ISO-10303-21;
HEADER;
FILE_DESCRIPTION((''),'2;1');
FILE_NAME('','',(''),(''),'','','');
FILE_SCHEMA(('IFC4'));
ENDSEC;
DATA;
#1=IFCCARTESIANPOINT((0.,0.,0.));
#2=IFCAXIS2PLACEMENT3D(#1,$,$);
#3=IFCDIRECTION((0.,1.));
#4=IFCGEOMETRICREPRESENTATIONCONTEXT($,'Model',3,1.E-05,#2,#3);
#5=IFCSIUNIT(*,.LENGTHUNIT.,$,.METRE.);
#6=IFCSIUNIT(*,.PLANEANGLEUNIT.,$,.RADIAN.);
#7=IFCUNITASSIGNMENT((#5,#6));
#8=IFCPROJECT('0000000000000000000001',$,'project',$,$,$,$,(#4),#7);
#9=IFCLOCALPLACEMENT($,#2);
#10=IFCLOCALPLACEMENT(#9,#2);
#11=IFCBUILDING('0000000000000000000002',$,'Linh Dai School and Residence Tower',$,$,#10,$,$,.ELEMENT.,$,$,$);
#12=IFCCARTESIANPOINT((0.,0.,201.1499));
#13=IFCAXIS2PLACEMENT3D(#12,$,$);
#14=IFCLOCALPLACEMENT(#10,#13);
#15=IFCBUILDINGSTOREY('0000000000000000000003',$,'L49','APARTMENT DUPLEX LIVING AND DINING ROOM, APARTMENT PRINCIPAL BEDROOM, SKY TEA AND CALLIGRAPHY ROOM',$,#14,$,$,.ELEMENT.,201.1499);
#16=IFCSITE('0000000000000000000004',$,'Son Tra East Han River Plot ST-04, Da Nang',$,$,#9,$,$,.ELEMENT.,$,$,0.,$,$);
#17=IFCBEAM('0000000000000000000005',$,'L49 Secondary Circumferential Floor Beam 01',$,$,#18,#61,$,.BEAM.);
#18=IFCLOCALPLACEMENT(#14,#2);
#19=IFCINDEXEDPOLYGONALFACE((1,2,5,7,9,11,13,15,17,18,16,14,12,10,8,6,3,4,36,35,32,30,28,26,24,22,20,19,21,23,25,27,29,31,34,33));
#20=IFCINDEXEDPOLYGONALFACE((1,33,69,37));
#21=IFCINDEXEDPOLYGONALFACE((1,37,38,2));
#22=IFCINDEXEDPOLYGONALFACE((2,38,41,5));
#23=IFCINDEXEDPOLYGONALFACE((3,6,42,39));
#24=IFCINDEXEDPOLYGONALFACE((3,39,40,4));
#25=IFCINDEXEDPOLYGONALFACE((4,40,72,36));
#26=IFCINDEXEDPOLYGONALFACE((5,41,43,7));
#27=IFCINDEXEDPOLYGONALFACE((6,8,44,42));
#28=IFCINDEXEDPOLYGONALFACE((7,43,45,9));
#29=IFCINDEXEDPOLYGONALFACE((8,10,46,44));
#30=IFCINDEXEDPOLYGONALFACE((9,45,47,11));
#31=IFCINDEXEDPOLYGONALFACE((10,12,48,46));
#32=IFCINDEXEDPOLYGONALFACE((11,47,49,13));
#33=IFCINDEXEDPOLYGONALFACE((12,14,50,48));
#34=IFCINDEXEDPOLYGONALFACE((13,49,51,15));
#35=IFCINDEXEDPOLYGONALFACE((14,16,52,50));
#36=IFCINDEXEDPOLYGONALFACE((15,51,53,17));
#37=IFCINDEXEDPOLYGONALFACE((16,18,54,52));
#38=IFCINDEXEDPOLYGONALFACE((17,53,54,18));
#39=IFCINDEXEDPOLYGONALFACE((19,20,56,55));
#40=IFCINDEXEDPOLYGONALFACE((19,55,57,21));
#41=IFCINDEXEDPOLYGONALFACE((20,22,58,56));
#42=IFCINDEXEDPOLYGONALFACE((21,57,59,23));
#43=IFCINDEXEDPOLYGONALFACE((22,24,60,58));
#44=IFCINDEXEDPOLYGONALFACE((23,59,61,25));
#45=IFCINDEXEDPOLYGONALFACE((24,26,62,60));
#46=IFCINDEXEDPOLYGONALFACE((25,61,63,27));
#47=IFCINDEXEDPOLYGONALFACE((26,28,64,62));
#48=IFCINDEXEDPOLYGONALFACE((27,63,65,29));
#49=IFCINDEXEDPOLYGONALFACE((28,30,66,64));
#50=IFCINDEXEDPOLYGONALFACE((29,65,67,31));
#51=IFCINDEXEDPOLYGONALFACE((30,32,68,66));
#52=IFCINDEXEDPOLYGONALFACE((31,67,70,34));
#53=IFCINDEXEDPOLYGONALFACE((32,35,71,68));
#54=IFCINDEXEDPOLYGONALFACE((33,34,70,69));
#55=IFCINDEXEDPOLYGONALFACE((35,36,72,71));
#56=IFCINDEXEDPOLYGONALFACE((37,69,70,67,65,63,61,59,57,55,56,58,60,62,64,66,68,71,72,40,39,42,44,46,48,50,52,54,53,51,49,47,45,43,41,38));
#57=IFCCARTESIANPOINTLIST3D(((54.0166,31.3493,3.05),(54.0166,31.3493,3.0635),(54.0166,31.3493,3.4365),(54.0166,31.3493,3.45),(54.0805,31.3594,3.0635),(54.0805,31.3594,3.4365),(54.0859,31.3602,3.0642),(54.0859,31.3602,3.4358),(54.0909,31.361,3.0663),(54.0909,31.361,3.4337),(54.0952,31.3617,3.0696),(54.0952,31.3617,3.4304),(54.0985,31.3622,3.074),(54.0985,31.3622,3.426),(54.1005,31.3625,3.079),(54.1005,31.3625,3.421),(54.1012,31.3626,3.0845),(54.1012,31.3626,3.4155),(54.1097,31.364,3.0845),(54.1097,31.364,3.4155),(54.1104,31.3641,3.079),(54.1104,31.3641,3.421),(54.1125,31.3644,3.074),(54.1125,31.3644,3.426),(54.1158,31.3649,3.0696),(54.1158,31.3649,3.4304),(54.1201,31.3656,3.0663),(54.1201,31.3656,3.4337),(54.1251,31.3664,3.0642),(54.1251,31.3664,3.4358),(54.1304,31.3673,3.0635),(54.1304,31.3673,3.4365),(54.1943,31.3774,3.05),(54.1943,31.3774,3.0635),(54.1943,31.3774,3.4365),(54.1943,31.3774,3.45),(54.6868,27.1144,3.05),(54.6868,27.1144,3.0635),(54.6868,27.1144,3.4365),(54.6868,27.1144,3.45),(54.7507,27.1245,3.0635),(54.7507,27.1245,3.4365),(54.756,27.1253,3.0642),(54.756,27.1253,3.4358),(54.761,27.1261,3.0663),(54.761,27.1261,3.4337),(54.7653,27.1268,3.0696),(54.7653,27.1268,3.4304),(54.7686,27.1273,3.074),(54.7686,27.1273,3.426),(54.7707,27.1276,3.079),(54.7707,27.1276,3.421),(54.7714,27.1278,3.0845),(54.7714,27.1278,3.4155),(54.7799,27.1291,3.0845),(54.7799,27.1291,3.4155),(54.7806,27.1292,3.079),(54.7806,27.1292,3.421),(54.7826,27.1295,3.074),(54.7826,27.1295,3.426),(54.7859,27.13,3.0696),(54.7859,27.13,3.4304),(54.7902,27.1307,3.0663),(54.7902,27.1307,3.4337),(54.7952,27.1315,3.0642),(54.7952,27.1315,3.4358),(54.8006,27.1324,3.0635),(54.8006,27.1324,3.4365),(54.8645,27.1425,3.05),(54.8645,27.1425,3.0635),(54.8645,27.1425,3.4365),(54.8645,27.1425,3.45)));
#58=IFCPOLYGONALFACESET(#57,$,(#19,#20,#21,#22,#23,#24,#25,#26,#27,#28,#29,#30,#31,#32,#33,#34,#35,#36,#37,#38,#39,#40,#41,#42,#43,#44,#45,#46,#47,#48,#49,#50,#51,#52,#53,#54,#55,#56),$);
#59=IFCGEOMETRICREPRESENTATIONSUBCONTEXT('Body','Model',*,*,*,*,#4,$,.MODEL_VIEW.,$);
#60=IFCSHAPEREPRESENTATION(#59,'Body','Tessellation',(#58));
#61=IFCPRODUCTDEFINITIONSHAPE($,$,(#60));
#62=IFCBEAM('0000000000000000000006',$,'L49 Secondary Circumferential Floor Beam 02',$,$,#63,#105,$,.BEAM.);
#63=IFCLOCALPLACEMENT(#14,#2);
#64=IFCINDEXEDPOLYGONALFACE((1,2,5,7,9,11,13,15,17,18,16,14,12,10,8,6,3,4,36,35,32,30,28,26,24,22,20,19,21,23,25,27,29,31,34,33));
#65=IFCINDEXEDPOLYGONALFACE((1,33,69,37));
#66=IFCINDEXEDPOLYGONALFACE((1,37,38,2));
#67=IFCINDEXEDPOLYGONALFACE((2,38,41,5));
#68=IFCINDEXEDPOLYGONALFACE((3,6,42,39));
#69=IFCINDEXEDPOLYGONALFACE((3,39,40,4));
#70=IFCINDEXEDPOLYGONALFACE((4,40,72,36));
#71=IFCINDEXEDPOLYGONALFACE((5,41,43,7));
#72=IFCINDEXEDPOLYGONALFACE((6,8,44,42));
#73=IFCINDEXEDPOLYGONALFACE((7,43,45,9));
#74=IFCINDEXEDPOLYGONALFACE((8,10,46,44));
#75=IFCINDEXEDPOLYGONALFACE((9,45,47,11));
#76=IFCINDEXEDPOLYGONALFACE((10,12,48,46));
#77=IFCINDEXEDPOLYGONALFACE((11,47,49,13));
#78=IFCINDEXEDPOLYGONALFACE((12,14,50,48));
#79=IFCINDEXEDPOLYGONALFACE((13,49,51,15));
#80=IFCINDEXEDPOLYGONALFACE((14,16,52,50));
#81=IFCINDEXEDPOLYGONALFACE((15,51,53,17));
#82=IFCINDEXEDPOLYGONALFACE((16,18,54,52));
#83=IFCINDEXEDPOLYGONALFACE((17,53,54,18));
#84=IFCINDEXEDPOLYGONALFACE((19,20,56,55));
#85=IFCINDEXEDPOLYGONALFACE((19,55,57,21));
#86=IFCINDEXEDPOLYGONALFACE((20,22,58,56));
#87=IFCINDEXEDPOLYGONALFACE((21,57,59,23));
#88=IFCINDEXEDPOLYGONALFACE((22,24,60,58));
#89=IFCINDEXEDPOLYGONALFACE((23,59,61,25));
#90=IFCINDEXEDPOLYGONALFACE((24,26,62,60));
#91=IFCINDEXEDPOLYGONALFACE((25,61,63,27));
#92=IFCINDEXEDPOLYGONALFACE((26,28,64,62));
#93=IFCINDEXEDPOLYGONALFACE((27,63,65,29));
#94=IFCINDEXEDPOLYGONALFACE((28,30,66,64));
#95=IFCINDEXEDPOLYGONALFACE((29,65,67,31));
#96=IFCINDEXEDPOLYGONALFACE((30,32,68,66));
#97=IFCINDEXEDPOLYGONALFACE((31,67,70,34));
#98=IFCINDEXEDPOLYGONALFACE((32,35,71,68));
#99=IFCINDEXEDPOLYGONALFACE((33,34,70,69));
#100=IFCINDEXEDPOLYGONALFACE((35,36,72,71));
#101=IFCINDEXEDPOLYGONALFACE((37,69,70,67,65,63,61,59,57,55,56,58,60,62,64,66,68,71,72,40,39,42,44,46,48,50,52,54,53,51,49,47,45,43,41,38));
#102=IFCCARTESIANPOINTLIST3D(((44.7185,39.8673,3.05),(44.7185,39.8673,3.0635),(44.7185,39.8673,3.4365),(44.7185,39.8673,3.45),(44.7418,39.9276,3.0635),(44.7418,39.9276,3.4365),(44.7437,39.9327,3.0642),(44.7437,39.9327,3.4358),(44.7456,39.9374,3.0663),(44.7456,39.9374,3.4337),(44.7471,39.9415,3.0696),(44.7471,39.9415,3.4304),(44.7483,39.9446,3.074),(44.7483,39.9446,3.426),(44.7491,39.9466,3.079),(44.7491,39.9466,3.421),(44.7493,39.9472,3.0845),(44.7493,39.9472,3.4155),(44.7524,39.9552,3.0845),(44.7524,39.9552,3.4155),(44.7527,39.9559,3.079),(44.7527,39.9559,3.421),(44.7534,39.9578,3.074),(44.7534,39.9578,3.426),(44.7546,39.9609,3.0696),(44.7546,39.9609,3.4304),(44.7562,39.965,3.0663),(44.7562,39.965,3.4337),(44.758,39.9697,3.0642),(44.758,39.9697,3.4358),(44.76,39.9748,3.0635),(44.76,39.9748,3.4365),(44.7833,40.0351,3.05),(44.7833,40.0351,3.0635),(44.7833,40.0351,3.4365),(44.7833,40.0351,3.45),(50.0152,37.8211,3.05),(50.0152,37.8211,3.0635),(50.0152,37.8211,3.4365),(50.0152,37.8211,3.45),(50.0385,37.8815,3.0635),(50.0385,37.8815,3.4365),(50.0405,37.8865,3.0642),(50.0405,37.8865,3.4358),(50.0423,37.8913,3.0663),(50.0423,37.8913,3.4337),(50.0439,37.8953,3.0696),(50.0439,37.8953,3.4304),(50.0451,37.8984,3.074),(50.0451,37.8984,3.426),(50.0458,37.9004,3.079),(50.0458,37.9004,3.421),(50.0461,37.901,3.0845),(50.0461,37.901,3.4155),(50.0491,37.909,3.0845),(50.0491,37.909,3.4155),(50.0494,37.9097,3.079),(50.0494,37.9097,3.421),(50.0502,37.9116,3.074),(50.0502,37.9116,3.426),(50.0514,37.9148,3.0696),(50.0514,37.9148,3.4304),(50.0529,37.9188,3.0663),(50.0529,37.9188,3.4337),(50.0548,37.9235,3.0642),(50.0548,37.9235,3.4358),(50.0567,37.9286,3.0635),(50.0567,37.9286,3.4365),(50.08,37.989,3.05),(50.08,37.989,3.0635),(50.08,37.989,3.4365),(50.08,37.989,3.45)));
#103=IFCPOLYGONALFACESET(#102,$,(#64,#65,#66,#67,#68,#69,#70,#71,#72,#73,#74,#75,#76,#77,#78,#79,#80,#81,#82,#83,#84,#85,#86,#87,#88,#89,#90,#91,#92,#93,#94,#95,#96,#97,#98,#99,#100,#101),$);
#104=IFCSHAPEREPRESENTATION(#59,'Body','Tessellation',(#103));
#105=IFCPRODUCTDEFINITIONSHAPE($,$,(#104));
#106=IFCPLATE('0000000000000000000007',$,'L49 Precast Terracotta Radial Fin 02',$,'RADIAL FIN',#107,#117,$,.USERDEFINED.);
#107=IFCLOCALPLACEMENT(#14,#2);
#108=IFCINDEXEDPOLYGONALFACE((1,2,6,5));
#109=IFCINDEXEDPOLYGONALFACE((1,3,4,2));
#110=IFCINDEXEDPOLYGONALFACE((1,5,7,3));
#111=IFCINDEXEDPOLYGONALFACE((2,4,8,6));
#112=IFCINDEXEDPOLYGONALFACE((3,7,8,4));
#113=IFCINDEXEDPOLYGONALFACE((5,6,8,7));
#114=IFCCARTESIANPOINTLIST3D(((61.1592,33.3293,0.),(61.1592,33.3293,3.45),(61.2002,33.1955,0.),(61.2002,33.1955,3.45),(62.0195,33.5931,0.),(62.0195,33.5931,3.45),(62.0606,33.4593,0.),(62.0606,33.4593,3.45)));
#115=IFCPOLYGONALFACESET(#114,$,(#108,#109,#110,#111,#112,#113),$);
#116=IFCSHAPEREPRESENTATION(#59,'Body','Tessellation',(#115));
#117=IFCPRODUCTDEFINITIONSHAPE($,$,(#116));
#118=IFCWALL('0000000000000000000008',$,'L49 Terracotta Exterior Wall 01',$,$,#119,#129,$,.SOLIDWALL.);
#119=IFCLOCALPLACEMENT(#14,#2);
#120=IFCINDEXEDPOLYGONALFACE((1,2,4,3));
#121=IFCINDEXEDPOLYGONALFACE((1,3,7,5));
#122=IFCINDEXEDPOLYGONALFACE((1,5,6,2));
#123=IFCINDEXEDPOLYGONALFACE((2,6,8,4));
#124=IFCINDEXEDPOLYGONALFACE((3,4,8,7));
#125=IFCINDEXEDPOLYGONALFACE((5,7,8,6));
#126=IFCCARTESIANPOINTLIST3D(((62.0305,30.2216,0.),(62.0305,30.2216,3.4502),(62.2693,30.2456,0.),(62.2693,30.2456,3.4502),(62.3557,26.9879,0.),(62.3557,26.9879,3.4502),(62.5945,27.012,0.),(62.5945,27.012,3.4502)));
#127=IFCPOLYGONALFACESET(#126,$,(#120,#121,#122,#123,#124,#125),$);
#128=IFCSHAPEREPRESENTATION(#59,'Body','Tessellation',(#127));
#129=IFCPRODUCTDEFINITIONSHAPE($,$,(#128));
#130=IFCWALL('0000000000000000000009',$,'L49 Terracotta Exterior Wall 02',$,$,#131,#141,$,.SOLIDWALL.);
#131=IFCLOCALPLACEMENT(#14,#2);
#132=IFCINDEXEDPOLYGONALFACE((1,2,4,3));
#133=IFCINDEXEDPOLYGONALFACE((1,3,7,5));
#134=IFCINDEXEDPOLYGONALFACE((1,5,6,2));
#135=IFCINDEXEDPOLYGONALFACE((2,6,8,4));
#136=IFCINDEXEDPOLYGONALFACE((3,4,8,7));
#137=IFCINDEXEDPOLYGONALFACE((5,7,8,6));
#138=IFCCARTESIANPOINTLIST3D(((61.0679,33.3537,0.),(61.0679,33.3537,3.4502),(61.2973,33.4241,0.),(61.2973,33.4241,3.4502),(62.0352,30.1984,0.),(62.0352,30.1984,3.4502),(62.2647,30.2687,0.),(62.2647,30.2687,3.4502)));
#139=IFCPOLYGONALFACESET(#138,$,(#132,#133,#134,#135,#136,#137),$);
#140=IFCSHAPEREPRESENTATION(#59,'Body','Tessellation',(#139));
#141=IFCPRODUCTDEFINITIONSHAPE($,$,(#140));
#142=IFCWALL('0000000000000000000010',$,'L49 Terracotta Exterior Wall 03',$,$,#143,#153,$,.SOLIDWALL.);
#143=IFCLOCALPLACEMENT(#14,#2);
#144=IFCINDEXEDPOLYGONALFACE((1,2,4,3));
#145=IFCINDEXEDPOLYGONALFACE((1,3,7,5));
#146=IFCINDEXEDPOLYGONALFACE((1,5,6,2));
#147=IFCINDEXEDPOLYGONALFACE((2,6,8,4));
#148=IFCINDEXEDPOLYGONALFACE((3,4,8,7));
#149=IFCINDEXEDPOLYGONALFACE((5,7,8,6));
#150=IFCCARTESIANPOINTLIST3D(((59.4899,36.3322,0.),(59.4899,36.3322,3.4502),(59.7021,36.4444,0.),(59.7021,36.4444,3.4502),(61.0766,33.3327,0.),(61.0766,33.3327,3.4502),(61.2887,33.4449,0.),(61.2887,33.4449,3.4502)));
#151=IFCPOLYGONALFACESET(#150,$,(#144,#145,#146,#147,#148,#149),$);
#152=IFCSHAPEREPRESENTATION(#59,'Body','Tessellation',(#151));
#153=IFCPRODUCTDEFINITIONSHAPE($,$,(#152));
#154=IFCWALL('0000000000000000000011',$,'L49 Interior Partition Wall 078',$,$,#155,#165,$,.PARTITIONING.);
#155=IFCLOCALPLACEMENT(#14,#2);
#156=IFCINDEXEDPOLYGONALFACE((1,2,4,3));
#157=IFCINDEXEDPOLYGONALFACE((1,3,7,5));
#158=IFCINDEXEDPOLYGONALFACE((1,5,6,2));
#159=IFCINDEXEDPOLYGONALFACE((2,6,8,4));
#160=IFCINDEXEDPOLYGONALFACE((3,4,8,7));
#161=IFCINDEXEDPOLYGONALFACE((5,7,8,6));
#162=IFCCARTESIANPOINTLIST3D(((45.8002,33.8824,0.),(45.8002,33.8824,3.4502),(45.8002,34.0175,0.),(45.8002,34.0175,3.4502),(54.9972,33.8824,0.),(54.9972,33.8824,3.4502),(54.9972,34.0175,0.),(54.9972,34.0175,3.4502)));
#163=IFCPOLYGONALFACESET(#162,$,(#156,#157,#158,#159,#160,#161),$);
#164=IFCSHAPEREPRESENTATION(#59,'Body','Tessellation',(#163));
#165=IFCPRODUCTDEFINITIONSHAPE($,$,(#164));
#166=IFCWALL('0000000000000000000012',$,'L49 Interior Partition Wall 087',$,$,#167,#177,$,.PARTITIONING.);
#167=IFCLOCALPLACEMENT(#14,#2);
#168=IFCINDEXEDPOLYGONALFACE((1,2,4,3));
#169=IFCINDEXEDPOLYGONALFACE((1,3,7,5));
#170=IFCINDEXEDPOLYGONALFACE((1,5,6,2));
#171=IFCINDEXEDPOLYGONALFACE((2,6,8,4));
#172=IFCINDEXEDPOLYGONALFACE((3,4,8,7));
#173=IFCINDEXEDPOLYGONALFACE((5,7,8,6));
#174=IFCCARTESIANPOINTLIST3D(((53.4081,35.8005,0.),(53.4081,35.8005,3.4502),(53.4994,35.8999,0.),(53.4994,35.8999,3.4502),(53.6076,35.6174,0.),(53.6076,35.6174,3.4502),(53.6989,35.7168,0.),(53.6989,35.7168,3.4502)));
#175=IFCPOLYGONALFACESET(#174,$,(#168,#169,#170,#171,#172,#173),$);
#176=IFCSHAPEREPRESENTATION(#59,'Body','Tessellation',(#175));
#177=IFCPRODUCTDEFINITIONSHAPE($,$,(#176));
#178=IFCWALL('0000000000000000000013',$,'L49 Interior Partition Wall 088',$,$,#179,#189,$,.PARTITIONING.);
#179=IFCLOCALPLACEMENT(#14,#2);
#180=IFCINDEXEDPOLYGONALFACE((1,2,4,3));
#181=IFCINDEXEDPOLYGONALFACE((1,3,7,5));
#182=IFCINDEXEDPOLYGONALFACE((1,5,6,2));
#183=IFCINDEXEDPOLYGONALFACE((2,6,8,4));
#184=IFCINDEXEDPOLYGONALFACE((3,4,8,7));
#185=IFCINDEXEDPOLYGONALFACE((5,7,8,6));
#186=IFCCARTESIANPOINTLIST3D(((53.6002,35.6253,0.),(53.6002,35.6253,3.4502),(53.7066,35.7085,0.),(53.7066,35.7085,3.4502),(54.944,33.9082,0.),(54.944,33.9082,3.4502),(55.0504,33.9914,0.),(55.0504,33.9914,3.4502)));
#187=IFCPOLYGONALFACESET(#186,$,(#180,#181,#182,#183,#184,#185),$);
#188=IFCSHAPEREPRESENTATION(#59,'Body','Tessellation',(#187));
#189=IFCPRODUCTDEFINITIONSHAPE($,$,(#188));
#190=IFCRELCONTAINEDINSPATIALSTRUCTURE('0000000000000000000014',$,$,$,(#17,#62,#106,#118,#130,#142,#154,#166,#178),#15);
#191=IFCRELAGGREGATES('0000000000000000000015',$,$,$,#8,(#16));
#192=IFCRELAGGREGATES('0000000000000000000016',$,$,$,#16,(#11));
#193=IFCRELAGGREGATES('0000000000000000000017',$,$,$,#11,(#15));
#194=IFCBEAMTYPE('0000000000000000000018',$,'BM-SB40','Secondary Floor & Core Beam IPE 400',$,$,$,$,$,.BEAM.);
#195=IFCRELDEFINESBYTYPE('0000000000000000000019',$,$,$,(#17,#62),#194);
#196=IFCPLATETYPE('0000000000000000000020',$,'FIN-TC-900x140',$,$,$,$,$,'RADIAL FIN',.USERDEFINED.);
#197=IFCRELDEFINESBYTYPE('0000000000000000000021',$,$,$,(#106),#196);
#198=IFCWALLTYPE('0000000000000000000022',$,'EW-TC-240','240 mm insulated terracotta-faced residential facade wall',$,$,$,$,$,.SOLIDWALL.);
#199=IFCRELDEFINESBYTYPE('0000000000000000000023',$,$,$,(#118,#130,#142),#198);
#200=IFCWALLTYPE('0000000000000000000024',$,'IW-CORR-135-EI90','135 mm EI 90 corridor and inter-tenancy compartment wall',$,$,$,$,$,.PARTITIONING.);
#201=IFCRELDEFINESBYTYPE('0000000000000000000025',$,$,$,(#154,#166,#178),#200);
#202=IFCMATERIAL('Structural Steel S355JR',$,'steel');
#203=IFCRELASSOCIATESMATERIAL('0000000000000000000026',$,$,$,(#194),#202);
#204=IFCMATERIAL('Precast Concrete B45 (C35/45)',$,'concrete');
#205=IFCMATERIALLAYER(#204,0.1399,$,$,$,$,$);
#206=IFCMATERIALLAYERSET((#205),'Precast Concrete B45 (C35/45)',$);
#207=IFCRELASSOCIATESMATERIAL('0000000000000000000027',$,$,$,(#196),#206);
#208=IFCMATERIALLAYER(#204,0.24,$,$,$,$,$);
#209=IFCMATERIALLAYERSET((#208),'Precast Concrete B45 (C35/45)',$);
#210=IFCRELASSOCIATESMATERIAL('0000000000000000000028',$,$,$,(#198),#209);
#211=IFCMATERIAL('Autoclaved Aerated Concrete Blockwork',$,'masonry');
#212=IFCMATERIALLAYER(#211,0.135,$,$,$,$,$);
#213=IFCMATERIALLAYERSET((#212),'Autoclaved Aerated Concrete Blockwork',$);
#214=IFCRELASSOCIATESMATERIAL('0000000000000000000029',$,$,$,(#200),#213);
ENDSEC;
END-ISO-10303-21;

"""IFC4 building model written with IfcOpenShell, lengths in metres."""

from ifc_helpers import new_model, si_unit, direction, frame, frame_2d, origin, origin_2d, place, context, subcontext, project, spatial, rectangle, i_section, extrude, source, transform, mapped, material, layer, layer_set, material_profile, profile_set, type_object, element, save


model = new_model("IFC4")

# Units and contexts
model_context = context("Model", 3, precision=1e-05, world=origin(), true_north=direction((0.0, 1.0)))
body_context = subcontext(model_context, "Body", "Model", "MODEL_VIEW")
ifc_project = project(units=[si_unit("LENGTHUNIT", "METRE"), si_unit("PLANEANGLEUNIT", "RADIAN")], contexts=[model_context])

# Site, building, storey
site_placement = place(None, origin())
site = spatial("IfcSite", under=ifc_project, at=site_placement, Name="Son Tra East Han River Plot ST-04, Da Nang", CompositionType="ELEMENT", RefElevation=0.0)
building_placement = place(site_placement, origin())
building = spatial("IfcBuilding", under=site, at=building_placement, Name="Linh Dai School and Residence Tower", CompositionType="ELEMENT")
storey_placement = place(building_placement, frame((0.0, 0.0, 201.1499)))
storey = spatial("IfcBuildingStorey", under=building, at=storey_placement, Name="L49", Description="APARTMENT DUPLEX LIVING AND DINING ROOM, APARTMENT PRINCIPAL BEDROOM, SKY TEA AND CALLIGRAPHY ROOM", CompositionType="ELEMENT", Elevation=201.1499)

# Shared definitions
ifc_material_1 = material(Name="Structural Steel S355JR", Category="steel")

# Beams
ifc_material_profile_1 = material_profile(ifc_material_1, i_section(OverallWidth=0.1799, OverallDepth=0.3999, WebThickness=0.0085, FlangeThickness=0.0134, FilletRadius=0.021, at=origin_2d()), Name="IPE 400")
ifc_profile_set_1 = profile_set([ifc_material_profile_1], Name="Structural Steel S355JR")
beam_type_1 = type_object("IfcBeamType", Name="BM-SB40", Description="Secondary Floor & Core Beam IPE 400", PredefinedType="BEAM", material=ifc_profile_set_1)
beam_1_placement = place(storey_placement, frame((54.7756, 27.1284, 3.25), z_axis=(-0.156305, 0.987709, 0.0), x_axis=(-0.987709, -0.156305, 0.0)))
element("IfcBeam", 1, at=beam_1_placement, inside=storey, type_object=beam_type_1, Name="L49 Secondary Circumferential Floor Beam 01", PredefinedType="BEAM", context=body_context, shape_type="SweptSolid", body=[
    extrude(i_section(OverallWidth=0.1799, OverallDepth=0.3999, WebThickness=0.0085, FlangeThickness=0.0134, FilletRadius=0.021, at=origin_2d()), origin(), (0.0, 0.0, 1.0), 4.2876),
])
beam_2_placement = place(storey_placement, frame((50.0476, 37.905, 3.25), z_axis=(-0.932815, 0.360356, 0.0), x_axis=(-0.360356, -0.932815, 0.0)))
element("IfcBeam", 2, at=beam_2_placement, inside=storey, type_object=beam_type_1, Name="L49 Secondary Circumferential Floor Beam 02", PredefinedType="BEAM", context=body_context, shape_type="SweptSolid", body=[
    extrude(i_section(OverallWidth=0.1799, OverallDepth=0.3999, WebThickness=0.0085, FlangeThickness=0.0134, FilletRadius=0.021, at=origin_2d()), origin(), (0.0, 0.0, 1.0), 5.6782),
])

# Plate
ifc_material_2 = material(Name="Precast Concrete B45 (C35/45)", Category="concrete")
ifc_layer_1 = layer(ifc_material_2, 0.1399)
ifc_layer_set_1 = layer_set([ifc_layer_1], Name="Precast Concrete B45 (C35/45)")
plate_type = type_object("IfcPlateType", Name="FIN-TC-900x140", ElementType="RADIAL FIN", PredefinedType="USERDEFINED", material=ifc_layer_set_1)
shared_shape_1 = source(origin(), body_context, "Body", "SweptSolid", [
    extrude(rectangle(XDim=0.8999, YDim=0.1399, at=origin_2d()), origin(), (0.0, 0.0, 1.0), 3.45),
])
plate_placement = place(storey_placement, frame((61.6099, 33.3943, 0.0), z_axis=(0.0, 0.0, 1.0), x_axis=(0.956075, 0.293122, 0.0)))
element("IfcPlate", 3, at=plate_placement, inside=storey, type_object=plate_type, Name="L49 Precast Terracotta Radial Fin 02", ObjectType="RADIAL FIN", PredefinedType="USERDEFINED", context=body_context, shape_type="MappedRepresentation", body=[
    mapped(shared_shape_1, transform((0.0, 0.0, 0.0), x_axis=(1.0, 0.0, 0.0), y_axis=(0.0, 1.0, 0.0), z_axis=(0.0, 0.0, 1.0), scale=1.0)),
])

# Walls
ifc_layer_2 = layer(ifc_material_2, 0.24)
ifc_layer_set_2 = layer_set([ifc_layer_2], Name="Precast Concrete B45 (C35/45)")
wall_type_1 = type_object("IfcWallType", Name="EW-TC-240", Description="240 mm insulated terracotta-faced residential facade wall", PredefinedType="SOLIDWALL", material=ifc_layer_set_2)
wall_1_placement = place(storey_placement, frame((62.1499, 30.2336, 0.0), z_axis=(0.0, 0.0, 1.0), x_axis=(0.100062, -0.994981, 0.0)))
element("IfcWall", 4, at=wall_1_placement, inside=storey, type_object=wall_type_1, Name="L49 Terracotta Exterior Wall 01", PredefinedType="SOLIDWALL", context=body_context, shape_type="SweptSolid", body=[
    extrude(rectangle(XDim=3.25, YDim=0.24, at=frame_2d((1.625, 0.0))), origin(), (0.0, 0.0, 1.0), 3.4502),
])
wall_2_placement = place(storey_placement, frame((61.1826, 33.3889, 0.0), z_axis=(0.0, 0.0, 1.0), x_axis=(0.293098, -0.956082, 0.0)))
element("IfcWall", 5, at=wall_2_placement, inside=storey, type_object=wall_type_1, Name="L49 Terracotta Exterior Wall 02", PredefinedType="SOLIDWALL", context=body_context, shape_type="SweptSolid", body=[
    extrude(rectangle(XDim=3.3003, YDim=0.24, at=frame_2d((1.6501, 0.0))), origin(), (0.0, 0.0, 1.0), 3.4502),
])
wall_3_placement = place(storey_placement, frame((59.5959, 36.3884, 0.0), z_axis=(0.0, 0.0, 1.0), x_axis=(0.467587, -0.883947, 0.0)))
element("IfcWall", 6, at=wall_3_placement, inside=storey, type_object=wall_type_1, Name="L49 Terracotta Exterior Wall 03", PredefinedType="SOLIDWALL", context=body_context, shape_type="SweptSolid", body=[
    extrude(rectangle(XDim=3.3933, YDim=0.24, at=frame_2d((1.6968, 0.0))), origin(), (0.0, 0.0, 1.0), 3.4502),
])
ifc_material_3 = material(Name="Autoclaved Aerated Concrete Blockwork", Category="masonry")
ifc_layer_3 = layer(ifc_material_3, 0.135)
ifc_layer_set_3 = layer_set([ifc_layer_3], Name="Autoclaved Aerated Concrete Blockwork")
wall_type_2 = type_object("IfcWallType", Name="IW-CORR-135-EI90", Description="135 mm EI 90 corridor and inter-tenancy compartment wall", PredefinedType="PARTITIONING", material=ifc_layer_set_3)
wall_4_placement = place(storey_placement, frame((45.8, 33.95, 0.0), z_axis=(0.0, 0.0, 1.0), x_axis=(1.0, 0.0, 0.0)))
element("IfcWall", 7, at=wall_4_placement, inside=storey, type_object=wall_type_2, Name="L49 Interior Partition Wall 078", PredefinedType="PARTITIONING", context=body_context, shape_type="SweptSolid", body=[
    extrude(rectangle(XDim=9.197, YDim=0.135, at=frame_2d((4.5986, 0.0))), origin(), (0.0, 0.0, 1.0), 3.4502),
])
wall_5_placement = place(storey_placement, frame((53.4539, 35.8501, 0.0), z_axis=(0.0, 0.0, 1.0), x_axis=(0.736667, -0.676255, 0.0)))
element("IfcWall", 8, at=wall_5_placement, inside=storey, type_object=wall_type_2, Name="L49 Interior Partition Wall 087", PredefinedType="PARTITIONING", context=body_context, shape_type="SweptSolid", body=[
    extrude(rectangle(XDim=0.2708, YDim=0.135, at=frame_2d((0.1353, 0.0))), origin(), (0.0, 0.0, 1.0), 3.4502),
])
wall_6_placement = place(storey_placement, frame((53.6533, 35.667, 0.0), z_axis=(0.0, 0.0, 1.0), x_axis=(0.616302, -0.78751, 0.0)))
element("IfcWall", 9, at=wall_6_placement, inside=storey, type_object=wall_type_2, Name="L49 Interior Partition Wall 088", PredefinedType="PARTITIONING", context=body_context, shape_type="SweptSolid", body=[
    extrude(rectangle(XDim=2.1804, YDim=0.135, at=frame_2d((1.0903, 0.0))), origin(), (0.0, 0.0, 1.0), 3.4502),
])

save(model, "model.ifc")
